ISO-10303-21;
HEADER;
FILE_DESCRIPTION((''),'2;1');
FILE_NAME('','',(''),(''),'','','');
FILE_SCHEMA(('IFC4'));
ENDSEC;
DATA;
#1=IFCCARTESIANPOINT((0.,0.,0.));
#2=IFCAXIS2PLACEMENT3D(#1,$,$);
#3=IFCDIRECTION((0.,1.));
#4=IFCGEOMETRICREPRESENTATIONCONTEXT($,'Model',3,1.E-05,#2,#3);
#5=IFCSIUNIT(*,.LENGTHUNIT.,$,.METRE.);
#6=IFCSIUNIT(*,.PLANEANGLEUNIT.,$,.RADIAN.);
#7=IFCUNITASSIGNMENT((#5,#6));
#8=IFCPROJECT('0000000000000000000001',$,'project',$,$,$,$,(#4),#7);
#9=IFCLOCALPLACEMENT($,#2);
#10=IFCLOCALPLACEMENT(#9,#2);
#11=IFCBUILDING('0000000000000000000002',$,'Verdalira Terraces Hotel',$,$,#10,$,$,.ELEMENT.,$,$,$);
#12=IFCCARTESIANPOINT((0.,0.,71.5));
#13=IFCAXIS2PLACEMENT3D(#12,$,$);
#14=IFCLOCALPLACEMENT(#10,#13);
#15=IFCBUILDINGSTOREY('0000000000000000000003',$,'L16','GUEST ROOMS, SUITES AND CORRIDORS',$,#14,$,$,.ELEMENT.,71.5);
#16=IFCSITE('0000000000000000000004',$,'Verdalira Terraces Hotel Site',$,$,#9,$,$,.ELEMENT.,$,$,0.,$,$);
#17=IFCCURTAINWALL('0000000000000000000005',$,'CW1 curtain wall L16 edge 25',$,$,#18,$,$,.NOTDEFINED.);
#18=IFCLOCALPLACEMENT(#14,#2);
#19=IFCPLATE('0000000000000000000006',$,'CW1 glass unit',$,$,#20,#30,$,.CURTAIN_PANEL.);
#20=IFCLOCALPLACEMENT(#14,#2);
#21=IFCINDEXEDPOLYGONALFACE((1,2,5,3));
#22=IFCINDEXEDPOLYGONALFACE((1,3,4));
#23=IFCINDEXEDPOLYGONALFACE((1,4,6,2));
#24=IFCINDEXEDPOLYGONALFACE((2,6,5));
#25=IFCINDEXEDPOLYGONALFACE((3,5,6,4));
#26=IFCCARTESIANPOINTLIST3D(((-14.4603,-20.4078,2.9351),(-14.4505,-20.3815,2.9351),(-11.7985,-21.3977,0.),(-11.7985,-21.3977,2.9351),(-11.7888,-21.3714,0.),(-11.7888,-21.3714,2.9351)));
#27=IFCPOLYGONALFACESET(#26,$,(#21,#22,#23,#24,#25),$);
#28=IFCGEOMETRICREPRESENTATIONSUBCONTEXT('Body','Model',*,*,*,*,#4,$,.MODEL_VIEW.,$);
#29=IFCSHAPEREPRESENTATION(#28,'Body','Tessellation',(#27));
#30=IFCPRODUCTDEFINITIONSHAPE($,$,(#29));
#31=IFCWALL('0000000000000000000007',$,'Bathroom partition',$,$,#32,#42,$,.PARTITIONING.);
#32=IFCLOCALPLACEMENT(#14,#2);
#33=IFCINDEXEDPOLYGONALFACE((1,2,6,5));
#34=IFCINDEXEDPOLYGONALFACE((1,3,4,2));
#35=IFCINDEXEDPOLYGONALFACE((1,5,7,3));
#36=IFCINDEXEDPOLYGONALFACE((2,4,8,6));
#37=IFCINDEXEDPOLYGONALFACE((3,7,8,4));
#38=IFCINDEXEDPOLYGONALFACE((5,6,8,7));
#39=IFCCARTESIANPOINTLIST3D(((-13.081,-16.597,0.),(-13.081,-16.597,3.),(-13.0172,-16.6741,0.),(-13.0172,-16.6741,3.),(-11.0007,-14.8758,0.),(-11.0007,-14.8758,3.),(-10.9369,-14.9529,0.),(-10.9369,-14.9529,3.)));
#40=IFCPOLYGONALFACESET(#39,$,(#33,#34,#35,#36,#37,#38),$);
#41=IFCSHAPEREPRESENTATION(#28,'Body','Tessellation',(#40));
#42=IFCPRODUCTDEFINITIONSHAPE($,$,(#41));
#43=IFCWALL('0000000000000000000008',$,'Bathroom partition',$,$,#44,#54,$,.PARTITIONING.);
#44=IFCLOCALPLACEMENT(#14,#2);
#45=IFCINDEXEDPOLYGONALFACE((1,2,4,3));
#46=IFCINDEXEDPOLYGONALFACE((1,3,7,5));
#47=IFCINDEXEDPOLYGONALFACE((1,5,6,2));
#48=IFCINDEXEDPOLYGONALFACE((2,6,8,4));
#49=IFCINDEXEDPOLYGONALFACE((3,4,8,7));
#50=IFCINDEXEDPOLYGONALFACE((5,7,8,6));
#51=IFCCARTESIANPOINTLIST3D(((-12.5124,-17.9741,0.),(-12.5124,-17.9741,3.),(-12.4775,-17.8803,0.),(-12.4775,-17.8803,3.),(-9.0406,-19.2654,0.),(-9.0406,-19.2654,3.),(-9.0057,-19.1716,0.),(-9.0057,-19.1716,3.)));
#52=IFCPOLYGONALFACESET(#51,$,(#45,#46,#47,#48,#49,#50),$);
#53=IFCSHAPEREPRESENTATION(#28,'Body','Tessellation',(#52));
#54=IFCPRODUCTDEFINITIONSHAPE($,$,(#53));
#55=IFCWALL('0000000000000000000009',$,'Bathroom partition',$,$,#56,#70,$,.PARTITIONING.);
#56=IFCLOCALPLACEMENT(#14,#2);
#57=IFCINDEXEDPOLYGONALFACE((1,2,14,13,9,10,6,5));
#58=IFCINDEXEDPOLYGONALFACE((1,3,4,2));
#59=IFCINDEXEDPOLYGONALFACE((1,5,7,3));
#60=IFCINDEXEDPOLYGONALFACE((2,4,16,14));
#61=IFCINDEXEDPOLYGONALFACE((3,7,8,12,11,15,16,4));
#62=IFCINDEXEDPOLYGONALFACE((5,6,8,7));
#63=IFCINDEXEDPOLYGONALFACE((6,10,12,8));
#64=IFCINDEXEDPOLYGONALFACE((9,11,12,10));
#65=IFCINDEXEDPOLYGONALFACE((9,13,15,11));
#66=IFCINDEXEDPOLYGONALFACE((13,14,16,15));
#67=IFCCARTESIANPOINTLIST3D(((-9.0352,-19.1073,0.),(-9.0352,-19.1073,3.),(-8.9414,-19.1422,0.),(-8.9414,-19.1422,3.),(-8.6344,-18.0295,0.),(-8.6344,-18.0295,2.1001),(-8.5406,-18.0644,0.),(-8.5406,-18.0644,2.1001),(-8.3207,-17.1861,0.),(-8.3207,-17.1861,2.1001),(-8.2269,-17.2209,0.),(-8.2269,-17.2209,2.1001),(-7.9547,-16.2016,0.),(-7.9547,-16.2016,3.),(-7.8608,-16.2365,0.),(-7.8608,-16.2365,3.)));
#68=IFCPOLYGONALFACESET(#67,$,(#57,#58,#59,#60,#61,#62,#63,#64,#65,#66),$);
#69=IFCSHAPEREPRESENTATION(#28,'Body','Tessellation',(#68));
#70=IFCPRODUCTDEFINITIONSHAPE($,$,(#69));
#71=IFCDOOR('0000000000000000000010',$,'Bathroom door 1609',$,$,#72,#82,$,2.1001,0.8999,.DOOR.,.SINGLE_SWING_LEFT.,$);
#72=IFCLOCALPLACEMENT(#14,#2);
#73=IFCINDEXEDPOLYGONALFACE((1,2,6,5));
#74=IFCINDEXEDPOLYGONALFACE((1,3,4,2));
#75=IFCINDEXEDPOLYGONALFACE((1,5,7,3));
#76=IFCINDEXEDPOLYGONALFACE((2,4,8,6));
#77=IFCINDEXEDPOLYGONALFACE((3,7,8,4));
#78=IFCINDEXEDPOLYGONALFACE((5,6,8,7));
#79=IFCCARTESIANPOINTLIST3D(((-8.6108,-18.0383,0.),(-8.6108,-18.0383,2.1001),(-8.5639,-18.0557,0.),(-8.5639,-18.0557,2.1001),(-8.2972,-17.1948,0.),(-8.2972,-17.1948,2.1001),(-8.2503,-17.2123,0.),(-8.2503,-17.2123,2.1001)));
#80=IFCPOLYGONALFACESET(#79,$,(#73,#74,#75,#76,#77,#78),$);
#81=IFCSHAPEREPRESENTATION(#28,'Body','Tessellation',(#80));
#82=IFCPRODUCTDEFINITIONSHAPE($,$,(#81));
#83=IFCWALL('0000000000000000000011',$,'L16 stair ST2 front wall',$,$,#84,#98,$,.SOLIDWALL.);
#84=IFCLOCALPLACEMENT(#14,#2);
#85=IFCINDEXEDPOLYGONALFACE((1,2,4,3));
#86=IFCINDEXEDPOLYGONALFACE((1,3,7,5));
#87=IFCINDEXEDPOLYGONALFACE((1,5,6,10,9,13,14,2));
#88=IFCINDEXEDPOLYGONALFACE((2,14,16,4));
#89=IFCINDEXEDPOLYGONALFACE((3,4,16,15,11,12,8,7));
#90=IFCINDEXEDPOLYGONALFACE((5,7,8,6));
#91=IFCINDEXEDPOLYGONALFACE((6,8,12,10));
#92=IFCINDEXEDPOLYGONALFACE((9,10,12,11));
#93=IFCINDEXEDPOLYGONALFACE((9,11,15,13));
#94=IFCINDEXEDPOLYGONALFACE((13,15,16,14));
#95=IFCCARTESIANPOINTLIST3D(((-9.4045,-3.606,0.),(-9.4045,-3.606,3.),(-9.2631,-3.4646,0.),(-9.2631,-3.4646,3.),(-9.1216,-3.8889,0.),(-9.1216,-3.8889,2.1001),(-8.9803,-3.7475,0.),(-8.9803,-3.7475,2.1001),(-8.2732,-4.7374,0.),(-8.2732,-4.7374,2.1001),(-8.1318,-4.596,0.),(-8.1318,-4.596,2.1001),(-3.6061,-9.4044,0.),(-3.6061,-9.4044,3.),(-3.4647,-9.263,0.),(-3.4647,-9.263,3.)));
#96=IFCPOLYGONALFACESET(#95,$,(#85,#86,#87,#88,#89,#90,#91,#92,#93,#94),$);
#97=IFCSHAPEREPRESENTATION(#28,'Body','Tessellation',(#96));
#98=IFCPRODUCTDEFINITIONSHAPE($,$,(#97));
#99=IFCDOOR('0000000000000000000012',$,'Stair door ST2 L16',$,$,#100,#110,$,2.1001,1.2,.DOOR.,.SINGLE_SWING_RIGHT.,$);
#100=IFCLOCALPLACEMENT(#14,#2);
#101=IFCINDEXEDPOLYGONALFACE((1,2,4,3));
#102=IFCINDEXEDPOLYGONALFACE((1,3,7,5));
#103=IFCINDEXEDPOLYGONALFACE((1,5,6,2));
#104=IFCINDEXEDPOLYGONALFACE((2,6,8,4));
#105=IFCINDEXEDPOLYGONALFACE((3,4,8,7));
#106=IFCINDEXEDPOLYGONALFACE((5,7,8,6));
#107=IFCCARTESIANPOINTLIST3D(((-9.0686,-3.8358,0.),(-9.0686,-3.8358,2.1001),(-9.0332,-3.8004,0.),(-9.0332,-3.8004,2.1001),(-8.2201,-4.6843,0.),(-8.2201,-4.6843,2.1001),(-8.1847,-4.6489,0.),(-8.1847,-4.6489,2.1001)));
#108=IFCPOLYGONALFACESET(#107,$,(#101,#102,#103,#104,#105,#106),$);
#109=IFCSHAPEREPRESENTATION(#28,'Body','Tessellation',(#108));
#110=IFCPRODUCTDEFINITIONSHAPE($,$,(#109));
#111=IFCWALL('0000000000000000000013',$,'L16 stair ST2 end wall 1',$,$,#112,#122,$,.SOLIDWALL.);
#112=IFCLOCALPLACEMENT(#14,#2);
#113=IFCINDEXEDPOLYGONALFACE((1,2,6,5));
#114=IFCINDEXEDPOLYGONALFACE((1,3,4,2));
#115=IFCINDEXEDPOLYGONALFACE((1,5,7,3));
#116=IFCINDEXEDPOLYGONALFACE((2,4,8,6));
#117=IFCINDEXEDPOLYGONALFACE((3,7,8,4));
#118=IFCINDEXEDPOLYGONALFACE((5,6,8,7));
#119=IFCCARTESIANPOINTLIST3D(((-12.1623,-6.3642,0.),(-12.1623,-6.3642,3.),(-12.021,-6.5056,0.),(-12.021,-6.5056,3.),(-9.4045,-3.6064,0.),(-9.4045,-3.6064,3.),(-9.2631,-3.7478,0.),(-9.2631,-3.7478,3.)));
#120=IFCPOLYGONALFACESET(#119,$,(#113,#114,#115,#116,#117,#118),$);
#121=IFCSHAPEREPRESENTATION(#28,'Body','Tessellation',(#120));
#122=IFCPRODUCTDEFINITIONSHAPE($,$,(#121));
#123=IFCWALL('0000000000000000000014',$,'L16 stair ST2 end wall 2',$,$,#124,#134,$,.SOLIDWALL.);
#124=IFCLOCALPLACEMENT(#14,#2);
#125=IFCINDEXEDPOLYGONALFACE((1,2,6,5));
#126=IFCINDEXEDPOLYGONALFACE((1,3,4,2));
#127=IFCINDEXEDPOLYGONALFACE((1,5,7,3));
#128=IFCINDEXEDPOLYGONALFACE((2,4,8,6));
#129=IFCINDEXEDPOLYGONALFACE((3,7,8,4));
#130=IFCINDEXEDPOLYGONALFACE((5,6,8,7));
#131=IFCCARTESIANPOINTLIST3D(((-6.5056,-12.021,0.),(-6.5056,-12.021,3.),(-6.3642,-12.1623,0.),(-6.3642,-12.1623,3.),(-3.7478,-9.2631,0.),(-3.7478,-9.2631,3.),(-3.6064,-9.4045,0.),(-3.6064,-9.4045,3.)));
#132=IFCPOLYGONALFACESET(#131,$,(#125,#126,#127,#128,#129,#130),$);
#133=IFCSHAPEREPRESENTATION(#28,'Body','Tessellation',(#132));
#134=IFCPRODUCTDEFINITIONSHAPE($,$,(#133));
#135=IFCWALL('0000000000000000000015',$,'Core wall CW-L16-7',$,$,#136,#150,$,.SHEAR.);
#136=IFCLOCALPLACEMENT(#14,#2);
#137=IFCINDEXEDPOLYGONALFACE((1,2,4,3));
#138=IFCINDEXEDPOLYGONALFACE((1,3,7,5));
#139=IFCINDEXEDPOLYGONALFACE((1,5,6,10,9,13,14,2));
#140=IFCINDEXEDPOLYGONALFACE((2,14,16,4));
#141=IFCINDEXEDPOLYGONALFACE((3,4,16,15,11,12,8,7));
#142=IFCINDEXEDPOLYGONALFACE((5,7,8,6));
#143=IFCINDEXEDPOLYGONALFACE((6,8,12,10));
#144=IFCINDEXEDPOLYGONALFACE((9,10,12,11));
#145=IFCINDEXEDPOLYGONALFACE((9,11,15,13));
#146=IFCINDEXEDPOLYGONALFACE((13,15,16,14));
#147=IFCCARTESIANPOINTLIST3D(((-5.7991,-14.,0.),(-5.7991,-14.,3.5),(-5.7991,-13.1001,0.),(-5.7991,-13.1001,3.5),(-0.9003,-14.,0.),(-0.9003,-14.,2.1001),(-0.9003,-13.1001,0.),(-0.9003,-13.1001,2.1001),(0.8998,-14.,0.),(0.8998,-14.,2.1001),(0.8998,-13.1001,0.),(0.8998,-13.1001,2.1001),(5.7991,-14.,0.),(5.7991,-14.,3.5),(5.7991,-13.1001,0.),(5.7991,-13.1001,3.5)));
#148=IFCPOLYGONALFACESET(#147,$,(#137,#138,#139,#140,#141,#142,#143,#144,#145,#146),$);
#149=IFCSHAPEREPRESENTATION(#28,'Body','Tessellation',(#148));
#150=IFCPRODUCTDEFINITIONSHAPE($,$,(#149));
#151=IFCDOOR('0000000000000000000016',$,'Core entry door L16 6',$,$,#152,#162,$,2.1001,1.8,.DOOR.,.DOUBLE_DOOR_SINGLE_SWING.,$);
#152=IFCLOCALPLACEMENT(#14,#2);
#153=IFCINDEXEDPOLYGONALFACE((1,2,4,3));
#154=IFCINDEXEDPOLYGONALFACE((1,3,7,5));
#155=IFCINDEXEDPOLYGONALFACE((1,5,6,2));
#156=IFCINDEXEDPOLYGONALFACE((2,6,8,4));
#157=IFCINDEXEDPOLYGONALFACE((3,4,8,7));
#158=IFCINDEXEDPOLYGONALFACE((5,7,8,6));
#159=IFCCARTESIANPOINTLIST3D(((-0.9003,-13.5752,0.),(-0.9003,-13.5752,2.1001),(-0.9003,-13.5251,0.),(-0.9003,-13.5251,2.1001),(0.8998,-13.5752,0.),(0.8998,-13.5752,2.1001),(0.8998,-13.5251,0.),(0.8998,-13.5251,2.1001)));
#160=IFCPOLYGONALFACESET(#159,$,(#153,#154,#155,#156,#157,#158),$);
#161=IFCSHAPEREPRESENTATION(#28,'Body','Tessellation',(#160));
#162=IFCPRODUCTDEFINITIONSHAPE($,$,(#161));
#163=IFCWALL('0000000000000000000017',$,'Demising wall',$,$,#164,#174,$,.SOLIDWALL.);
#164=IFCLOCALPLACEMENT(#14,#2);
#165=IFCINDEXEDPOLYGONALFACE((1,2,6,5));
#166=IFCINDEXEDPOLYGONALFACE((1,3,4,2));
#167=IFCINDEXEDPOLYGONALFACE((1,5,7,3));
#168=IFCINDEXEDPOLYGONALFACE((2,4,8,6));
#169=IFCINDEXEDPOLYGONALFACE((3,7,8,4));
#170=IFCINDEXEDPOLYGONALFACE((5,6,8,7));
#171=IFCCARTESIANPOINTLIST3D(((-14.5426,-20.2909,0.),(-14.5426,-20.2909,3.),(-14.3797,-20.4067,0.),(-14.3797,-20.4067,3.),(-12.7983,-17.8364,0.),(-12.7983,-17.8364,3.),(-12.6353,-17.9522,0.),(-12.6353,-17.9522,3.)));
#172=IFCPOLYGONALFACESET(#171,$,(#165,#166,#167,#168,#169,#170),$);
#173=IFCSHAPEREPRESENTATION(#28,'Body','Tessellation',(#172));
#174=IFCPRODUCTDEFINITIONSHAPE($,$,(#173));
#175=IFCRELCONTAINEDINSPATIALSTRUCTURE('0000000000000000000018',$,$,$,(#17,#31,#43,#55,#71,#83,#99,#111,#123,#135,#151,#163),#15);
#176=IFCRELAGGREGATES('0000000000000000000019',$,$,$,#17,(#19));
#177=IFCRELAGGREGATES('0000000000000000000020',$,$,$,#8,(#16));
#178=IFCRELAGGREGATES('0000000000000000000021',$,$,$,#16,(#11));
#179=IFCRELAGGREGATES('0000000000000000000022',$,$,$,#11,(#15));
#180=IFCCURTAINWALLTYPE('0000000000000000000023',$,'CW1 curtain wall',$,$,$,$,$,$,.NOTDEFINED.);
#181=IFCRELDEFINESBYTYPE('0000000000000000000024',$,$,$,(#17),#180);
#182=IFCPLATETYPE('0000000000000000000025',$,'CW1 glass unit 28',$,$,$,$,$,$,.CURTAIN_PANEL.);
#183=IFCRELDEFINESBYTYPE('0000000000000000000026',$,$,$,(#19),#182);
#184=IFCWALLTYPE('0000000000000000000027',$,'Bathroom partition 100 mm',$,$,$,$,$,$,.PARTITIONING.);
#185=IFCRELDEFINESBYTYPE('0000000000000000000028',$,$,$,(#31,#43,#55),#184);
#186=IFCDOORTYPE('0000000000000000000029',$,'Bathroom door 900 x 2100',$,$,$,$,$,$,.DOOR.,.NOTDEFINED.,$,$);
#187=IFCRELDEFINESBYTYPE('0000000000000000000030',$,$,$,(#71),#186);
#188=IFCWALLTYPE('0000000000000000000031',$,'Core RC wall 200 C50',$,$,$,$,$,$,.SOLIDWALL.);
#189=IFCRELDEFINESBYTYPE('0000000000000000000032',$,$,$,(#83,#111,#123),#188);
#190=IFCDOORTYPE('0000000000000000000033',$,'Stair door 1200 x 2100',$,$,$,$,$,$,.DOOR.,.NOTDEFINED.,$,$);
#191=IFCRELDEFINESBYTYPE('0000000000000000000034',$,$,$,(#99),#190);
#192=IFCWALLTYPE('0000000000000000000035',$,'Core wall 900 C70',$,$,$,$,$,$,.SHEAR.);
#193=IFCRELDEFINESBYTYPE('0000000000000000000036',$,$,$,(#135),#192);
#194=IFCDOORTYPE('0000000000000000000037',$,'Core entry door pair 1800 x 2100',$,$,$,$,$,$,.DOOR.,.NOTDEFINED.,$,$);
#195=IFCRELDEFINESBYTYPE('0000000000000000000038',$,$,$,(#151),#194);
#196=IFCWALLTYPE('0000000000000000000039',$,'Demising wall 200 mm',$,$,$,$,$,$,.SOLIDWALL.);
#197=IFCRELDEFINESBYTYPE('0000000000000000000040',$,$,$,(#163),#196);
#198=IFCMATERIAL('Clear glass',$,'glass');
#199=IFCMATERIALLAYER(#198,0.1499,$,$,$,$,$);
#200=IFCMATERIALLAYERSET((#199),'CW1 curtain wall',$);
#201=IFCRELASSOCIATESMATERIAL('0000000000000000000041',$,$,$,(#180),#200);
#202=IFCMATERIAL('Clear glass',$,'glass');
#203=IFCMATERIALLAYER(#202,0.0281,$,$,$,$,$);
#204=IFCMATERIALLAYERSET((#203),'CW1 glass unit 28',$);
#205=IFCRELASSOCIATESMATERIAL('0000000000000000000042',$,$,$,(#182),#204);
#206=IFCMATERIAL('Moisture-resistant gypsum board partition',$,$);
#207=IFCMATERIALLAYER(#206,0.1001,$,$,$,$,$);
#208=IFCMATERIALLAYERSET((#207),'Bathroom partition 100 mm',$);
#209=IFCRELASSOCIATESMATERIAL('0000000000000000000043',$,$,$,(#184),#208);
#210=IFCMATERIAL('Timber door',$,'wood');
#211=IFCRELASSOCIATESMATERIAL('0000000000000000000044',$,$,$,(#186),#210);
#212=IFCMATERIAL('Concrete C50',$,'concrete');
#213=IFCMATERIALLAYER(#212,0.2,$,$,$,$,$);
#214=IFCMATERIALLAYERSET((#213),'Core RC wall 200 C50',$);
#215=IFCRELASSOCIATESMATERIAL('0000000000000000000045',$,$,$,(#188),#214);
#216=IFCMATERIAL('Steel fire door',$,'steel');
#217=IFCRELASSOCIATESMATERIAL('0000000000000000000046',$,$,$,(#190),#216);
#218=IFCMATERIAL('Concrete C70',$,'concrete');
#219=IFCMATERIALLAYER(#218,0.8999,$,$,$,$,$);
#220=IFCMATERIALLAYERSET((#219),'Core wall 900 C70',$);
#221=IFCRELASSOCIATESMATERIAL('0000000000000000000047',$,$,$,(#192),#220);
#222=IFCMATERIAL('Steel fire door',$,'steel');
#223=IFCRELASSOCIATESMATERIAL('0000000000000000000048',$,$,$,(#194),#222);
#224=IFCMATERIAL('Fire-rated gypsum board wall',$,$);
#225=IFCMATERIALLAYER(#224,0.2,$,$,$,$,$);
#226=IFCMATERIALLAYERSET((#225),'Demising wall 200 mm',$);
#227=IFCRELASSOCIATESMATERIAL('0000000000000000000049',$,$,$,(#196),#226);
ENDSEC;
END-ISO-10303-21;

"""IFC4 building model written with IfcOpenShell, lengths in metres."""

from ifc_helpers import new_model, si_unit, direction, frame, frame_2d, origin, place, context, subcontext, project, spatial, polyline, rectangle, outline, extrude, material, layer, layer_set, type_object, element, fill, aggregate, save


model = new_model("IFC4")

# Units and contexts
model_context = context("Model", 3, precision=1e-05, world=origin(), true_north=direction((0.0, 1.0)))
body_context = subcontext(model_context, "Body", "Model", "MODEL_VIEW")
ifc_project = project(units=[si_unit("LENGTHUNIT", "METRE"), si_unit("PLANEANGLEUNIT", "RADIAN")], contexts=[model_context])

# Site, building, storey
site_placement = place(None, origin())
site = spatial("IfcSite", under=ifc_project, at=site_placement, Name="Verdalira Terraces Hotel Site", CompositionType="ELEMENT", RefElevation=0.0)
building_placement = place(site_placement, origin())
building = spatial("IfcBuilding", under=site, at=building_placement, Name="Verdalira Terraces Hotel", CompositionType="ELEMENT")
storey_placement = place(building_placement, frame((0.0, 0.0, 71.5)))
storey = spatial("IfcBuildingStorey", under=building, at=storey_placement, Name="L16", Description="GUEST ROOMS, SUITES AND CORRIDORS", CompositionType="ELEMENT", Elevation=71.5)

# Curtain wall, plate
ifc_material_1 = material(Name="Clear glass", Category="glass")
ifc_layer_1 = layer(ifc_material_1, 0.1499)
ifc_layer_set_1 = layer_set([ifc_layer_1], Name="CW1 curtain wall")
curtain_wall_type = type_object("IfcCurtainWallType", Name="CW1 curtain wall", PredefinedType="NOTDEFINED", material=ifc_layer_set_1)
curtain_wall_placement = place(storey_placement, origin())
curtain_wall = element("IfcCurtainWall", 1, at=curtain_wall_placement, inside=storey, type_object=curtain_wall_type, Name="CW1 curtain wall L16 edge 25", PredefinedType="NOTDEFINED")
ifc_material_2 = material(Name="Clear glass", Category="glass")
ifc_layer_2 = layer(ifc_material_2, 0.0281)
ifc_layer_set_2 = layer_set([ifc_layer_2], Name="CW1 glass unit 28")
plate_type = type_object("IfcPlateType", Name="CW1 glass unit 28", PredefinedType="CURTAIN_PANEL", material=ifc_layer_set_2)
plate_placement = place(storey_placement, frame((-13.1196, -20.8765, 1.4675), z_axis=(-0.348572, -0.937282, 0.0), x_axis=(0.937282, -0.348572, 0.0)))
plate = element("IfcPlate", 2, at=plate_placement, type_object=plate_type, Name="CW1 glass unit", PredefinedType="CURTAIN_PANEL", context=body_context, shape_type="SweptSolid", body=[
    extrude(outline(polyline([(1.4199, -1.4675), (1.4199, 1.4675), (-1.4199, 1.4675), (1.4199, -1.4675)])), origin(), (0.0, 0.0, 1.0), 0.0281),
])
aggregate(curtain_wall, [plate])

# Walls
ifc_material_3 = material(Name="Moisture-resistant gypsum board partition")
ifc_layer_3 = layer(ifc_material_3, 0.1001)
ifc_layer_set_3 = layer_set([ifc_layer_3], Name="Bathroom partition 100 mm")
wall_type_1 = type_object("IfcWallType", Name="Bathroom partition 100 mm", PredefinedType="PARTITIONING", material=ifc_layer_set_3)
wall_1_placement = place(storey_placement, frame((-10.9688, -14.9143, 0.0), z_axis=(0.0, 0.0, 1.0), x_axis=(-0.770477, -0.637468, 0.0)))
element("IfcWall", 3, at=wall_1_placement, inside=storey, type_object=wall_type_1, Name="Bathroom partition", PredefinedType="PARTITIONING", context=body_context, shape_type="SweptSolid", body=[
    extrude(rectangle(XDim=2.7, YDim=0.1001, at=frame_2d((1.3501, 0.0))), origin(), (0.0, 0.0, 1.0), 3.0),
])
wall_2_placement = place(storey_placement, frame((-9.0232, -19.2185, 0.0), z_axis=(0.0, 0.0, 1.0), x_axis=(-0.937268, 0.348608, 0.0)))
element("IfcWall", 4, at=wall_2_placement, inside=storey, type_object=wall_type_1, Name="Bathroom partition", PredefinedType="PARTITIONING", context=body_context, shape_type="SweptSolid", body=[
    extrude(rectangle(XDim=3.7041, YDim=0.1001, at=frame_2d((1.8521, 0.0))), origin(), (0.0, 0.0, 1.0), 3.0),
])

# Walls, openings, doors
wall_3_placement = place(storey_placement, frame((-8.9883, -19.1248, 0.0), z_axis=(0.0, 0.0, 1.0), x_axis=(0.34855, 0.93729, 0.0)))
wall_3 = element("IfcWall", 5, at=wall_3_placement, inside=storey, type_object=wall_type_1, Name="Bathroom partition", PredefinedType="PARTITIONING", context=body_context, shape_type="SweptSolid", body=[
    extrude(rectangle(XDim=3.1001, YDim=0.1001, at=frame_2d((1.55, 0.0))), origin(), (0.0, 0.0, 1.0), 3.0),
])
opening_1_placement = place(wall_3_placement, frame((1.1499, 0.0, 0.0)))
opening_1 = element("IfcOpeningElement", 6, at=opening_1_placement, cuts=wall_3, PredefinedType="OPENING", context=body_context, shape_type="SweptSolid", body=[
    extrude(rectangle(XDim=0.8999, YDim=2.1001, at=frame_2d((0.45, 1.05))), frame((0.0, 0.0601, 0.0), z_axis=(0.0, -1.0, 0.0), x_axis=(1.0, 0.0, 0.0)), (0.0, 0.0, 1.0), 0.1201),
])
ifc_material_4 = material(Name="Timber door", Category="wood")
door_type_1 = type_object("IfcDoorType", Name="Bathroom door 900 x 2100", OperationType="NOTDEFINED", PredefinedType="DOOR", material=ifc_material_4)
door_1_placement = place(opening_1_placement, origin())
door_1 = element("IfcDoor", 7, at=door_1_placement, inside=storey, type_object=door_type_1, Name="Bathroom door 1609", OperationType="SINGLE_SWING_LEFT", OverallHeight=2.1001, OverallWidth=0.8999, PredefinedType="DOOR", context=body_context, shape_type="SweptSolid", body=[
    extrude(rectangle(XDim=0.8999, YDim=2.1001, at=frame_2d((0.45, 1.05))), frame((0.0, 0.0249, 0.0), z_axis=(0.0, -1.0, 0.0), x_axis=(1.0, 0.0, 0.0)), (0.0, 0.0, 1.0), 0.05),
])
fill(opening_1, door_1)
ifc_material_5 = material(Name="Concrete C50", Category="concrete")
ifc_layer_4 = layer(ifc_material_5, 0.2)
ifc_layer_set_4 = layer_set([ifc_layer_4], Name="Core RC wall 200 C50")
wall_type_2 = type_object("IfcWallType", Name="Core RC wall 200 C50", PredefinedType="SOLIDWALL", material=ifc_layer_set_4)
wall_4_placement = place(storey_placement, frame((-3.5354, -9.3337, 0.0), z_axis=(0.0, 0.0, 1.0), x_axis=(-0.707107, 0.707107, 0.0)))
wall_4 = element("IfcWall", 8, at=wall_4_placement, inside=storey, type_object=wall_type_2, Name="L16 stair ST2 front wall", PredefinedType="SOLIDWALL", context=body_context, shape_type="SweptSolid", body=[
    extrude(rectangle(XDim=8.2002, YDim=0.2, at=frame_2d((4.1001, 0.0))), origin(), (0.0, 0.0, 1.0), 3.0),
])
opening_2_placement = place(wall_4_placement, frame((6.6001, 0.0, 0.0)))
opening_2 = element("IfcOpeningElement", 9, at=opening_2_placement, cuts=wall_4, PredefinedType="OPENING", context=body_context, shape_type="SweptSolid", body=[
    extrude(rectangle(XDim=1.2, YDim=2.1001, at=frame_2d((0.6001, 1.05))), frame((0.0, 0.1099, 0.0), z_axis=(0.0, -1.0, 0.0), x_axis=(1.0, 0.0, 0.0)), (0.0, 0.0, 1.0), 0.22),
])
ifc_material_6 = material(Name="Steel fire door", Category="steel")
door_type_2 = type_object("IfcDoorType", Name="Stair door 1200 x 2100", OperationType="NOTDEFINED", PredefinedType="DOOR", material=ifc_material_6)
door_2_placement = place(opening_2_placement, origin())
door_2 = element("IfcDoor", 10, at=door_2_placement, inside=storey, type_object=door_type_2, Name="Stair door ST2 L16", OperationType="SINGLE_SWING_RIGHT", OverallHeight=2.1001, OverallWidth=1.2, PredefinedType="DOOR", context=body_context, shape_type="SweptSolid", body=[
    extrude(rectangle(XDim=1.2, YDim=2.1001, at=frame_2d((0.6001, 1.05))), frame((0.0, 0.0249, 0.0), z_axis=(0.0, -1.0, 0.0), x_axis=(1.0, 0.0, 0.0)), (0.0, 0.0, 1.0), 0.05),
])
fill(opening_2, door_2)

# Walls
for number, where, z_axis, x_axis, name in (
    (11, (-9.3337, -3.677, 0.0), (0.0, 0.0, 1.0), (-0.707107, -0.707107, 0.0), "L16 stair ST2 end wall 1"),
    (12, (-3.677, -9.3337, 0.0), (0.0, 0.0, 1.0), (-0.707107, -0.707107, 0.0), "L16 stair ST2 end wall 2"),
):
    element("IfcWall", number, at=place(storey_placement, frame(where, z_axis=z_axis, x_axis=x_axis)), inside=storey, type_object=wall_type_2, Name=name, PredefinedType="SOLIDWALL", context=body_context, shape_type="SweptSolid", body=[
        extrude(rectangle(XDim=3.9001, YDim=0.2, at=frame_2d((1.9502, 0.0))), origin(), (0.0, 0.0, 1.0), 3.0),
    ])

# Wall, opening, door
ifc_material_7 = material(Name="Concrete C70", Category="concrete")
ifc_layer_5 = layer(ifc_material_7, 0.8999)
ifc_layer_set_5 = layer_set([ifc_layer_5], Name="Core wall 900 C70")
wall_type_3 = type_object("IfcWallType", Name="Core wall 900 C70", PredefinedType="SHEAR", material=ifc_layer_set_5)
wall_5_placement = place(storey_placement, frame((-5.7991, -13.55, 0.0), z_axis=(0.0, 0.0, 1.0), x_axis=(1.0, 0.0, 0.0)))
wall_5 = element("IfcWall", 13, at=wall_5_placement, inside=storey, type_object=wall_type_3, Name="Core wall CW-L16-7", PredefinedType="SHEAR", context=body_context, shape_type="SweptSolid", body=[
    extrude(rectangle(XDim=11.5981, YDim=0.8999, at=frame_2d((5.7991, 0.0))), origin(), (0.0, 0.0, 1.0), 3.5),
])
opening_3_placement = place(wall_5_placement, frame((4.8989, 0.0, 0.0)))
opening_3 = element("IfcOpeningElement", 14, at=opening_3_placement, cuts=wall_5, PredefinedType="OPENING", context=body_context, shape_type="SweptSolid", body=[
    extrude(rectangle(XDim=1.8, YDim=2.1001, at=frame_2d((0.8999, 1.05))), frame((0.0, 0.46, 0.0), z_axis=(0.0, -1.0, 0.0), x_axis=(1.0, 0.0, 0.0)), (0.0, 0.0, 1.0), 0.9199),
])
ifc_material_8 = material(Name="Steel fire door", Category="steel")
door_type_3 = type_object("IfcDoorType", Name="Core entry door pair 1800 x 2100", OperationType="NOTDEFINED", PredefinedType="DOOR", material=ifc_material_8)
door_3_placement = place(opening_3_placement, origin())
door_3 = element("IfcDoor", 15, at=door_3_placement, inside=storey, type_object=door_type_3, Name="Core entry door L16 6", OperationType="DOUBLE_DOOR_SINGLE_SWING", OverallHeight=2.1001, OverallWidth=1.8, PredefinedType="DOOR", context=body_context, shape_type="SweptSolid", body=[
    extrude(rectangle(XDim=1.8, YDim=2.1001, at=frame_2d((0.8999, 1.05))), frame((0.0, 0.0249, 0.0), z_axis=(0.0, -1.0, 0.0), x_axis=(1.0, 0.0, 0.0)), (0.0, 0.0, 1.0), 0.05),
])
fill(opening_3, door_3)

# Wall
ifc_material_9 = material(Name="Fire-rated gypsum board wall")
ifc_layer_6 = layer(ifc_material_9, 0.2)
ifc_layer_set_6 = layer_set([ifc_layer_6], Name="Demising wall 200 mm")
wall_type_4 = type_object("IfcWallType", Name="Demising wall 200 mm", PredefinedType="SOLIDWALL", material=ifc_layer_set_6)
wall_6_placement = place(storey_placement, frame((-12.7168, -17.8943, 0.0), z_axis=(0.0, 0.0, 1.0), x_axis=(-0.579281, -0.815128, 0.0)))
element("IfcWall", 16, at=wall_6_placement, inside=storey, type_object=wall_type_4, Name="Demising wall", PredefinedType="SOLIDWALL", context=body_context, shape_type="SweptSolid", body=[
    extrude(rectangle(XDim=3.0112, YDim=0.2, at=frame_2d((1.5056, 0.0))), origin(), (0.0, 0.0, 1.0), 3.0),
])

save(model, "model.ifc")
